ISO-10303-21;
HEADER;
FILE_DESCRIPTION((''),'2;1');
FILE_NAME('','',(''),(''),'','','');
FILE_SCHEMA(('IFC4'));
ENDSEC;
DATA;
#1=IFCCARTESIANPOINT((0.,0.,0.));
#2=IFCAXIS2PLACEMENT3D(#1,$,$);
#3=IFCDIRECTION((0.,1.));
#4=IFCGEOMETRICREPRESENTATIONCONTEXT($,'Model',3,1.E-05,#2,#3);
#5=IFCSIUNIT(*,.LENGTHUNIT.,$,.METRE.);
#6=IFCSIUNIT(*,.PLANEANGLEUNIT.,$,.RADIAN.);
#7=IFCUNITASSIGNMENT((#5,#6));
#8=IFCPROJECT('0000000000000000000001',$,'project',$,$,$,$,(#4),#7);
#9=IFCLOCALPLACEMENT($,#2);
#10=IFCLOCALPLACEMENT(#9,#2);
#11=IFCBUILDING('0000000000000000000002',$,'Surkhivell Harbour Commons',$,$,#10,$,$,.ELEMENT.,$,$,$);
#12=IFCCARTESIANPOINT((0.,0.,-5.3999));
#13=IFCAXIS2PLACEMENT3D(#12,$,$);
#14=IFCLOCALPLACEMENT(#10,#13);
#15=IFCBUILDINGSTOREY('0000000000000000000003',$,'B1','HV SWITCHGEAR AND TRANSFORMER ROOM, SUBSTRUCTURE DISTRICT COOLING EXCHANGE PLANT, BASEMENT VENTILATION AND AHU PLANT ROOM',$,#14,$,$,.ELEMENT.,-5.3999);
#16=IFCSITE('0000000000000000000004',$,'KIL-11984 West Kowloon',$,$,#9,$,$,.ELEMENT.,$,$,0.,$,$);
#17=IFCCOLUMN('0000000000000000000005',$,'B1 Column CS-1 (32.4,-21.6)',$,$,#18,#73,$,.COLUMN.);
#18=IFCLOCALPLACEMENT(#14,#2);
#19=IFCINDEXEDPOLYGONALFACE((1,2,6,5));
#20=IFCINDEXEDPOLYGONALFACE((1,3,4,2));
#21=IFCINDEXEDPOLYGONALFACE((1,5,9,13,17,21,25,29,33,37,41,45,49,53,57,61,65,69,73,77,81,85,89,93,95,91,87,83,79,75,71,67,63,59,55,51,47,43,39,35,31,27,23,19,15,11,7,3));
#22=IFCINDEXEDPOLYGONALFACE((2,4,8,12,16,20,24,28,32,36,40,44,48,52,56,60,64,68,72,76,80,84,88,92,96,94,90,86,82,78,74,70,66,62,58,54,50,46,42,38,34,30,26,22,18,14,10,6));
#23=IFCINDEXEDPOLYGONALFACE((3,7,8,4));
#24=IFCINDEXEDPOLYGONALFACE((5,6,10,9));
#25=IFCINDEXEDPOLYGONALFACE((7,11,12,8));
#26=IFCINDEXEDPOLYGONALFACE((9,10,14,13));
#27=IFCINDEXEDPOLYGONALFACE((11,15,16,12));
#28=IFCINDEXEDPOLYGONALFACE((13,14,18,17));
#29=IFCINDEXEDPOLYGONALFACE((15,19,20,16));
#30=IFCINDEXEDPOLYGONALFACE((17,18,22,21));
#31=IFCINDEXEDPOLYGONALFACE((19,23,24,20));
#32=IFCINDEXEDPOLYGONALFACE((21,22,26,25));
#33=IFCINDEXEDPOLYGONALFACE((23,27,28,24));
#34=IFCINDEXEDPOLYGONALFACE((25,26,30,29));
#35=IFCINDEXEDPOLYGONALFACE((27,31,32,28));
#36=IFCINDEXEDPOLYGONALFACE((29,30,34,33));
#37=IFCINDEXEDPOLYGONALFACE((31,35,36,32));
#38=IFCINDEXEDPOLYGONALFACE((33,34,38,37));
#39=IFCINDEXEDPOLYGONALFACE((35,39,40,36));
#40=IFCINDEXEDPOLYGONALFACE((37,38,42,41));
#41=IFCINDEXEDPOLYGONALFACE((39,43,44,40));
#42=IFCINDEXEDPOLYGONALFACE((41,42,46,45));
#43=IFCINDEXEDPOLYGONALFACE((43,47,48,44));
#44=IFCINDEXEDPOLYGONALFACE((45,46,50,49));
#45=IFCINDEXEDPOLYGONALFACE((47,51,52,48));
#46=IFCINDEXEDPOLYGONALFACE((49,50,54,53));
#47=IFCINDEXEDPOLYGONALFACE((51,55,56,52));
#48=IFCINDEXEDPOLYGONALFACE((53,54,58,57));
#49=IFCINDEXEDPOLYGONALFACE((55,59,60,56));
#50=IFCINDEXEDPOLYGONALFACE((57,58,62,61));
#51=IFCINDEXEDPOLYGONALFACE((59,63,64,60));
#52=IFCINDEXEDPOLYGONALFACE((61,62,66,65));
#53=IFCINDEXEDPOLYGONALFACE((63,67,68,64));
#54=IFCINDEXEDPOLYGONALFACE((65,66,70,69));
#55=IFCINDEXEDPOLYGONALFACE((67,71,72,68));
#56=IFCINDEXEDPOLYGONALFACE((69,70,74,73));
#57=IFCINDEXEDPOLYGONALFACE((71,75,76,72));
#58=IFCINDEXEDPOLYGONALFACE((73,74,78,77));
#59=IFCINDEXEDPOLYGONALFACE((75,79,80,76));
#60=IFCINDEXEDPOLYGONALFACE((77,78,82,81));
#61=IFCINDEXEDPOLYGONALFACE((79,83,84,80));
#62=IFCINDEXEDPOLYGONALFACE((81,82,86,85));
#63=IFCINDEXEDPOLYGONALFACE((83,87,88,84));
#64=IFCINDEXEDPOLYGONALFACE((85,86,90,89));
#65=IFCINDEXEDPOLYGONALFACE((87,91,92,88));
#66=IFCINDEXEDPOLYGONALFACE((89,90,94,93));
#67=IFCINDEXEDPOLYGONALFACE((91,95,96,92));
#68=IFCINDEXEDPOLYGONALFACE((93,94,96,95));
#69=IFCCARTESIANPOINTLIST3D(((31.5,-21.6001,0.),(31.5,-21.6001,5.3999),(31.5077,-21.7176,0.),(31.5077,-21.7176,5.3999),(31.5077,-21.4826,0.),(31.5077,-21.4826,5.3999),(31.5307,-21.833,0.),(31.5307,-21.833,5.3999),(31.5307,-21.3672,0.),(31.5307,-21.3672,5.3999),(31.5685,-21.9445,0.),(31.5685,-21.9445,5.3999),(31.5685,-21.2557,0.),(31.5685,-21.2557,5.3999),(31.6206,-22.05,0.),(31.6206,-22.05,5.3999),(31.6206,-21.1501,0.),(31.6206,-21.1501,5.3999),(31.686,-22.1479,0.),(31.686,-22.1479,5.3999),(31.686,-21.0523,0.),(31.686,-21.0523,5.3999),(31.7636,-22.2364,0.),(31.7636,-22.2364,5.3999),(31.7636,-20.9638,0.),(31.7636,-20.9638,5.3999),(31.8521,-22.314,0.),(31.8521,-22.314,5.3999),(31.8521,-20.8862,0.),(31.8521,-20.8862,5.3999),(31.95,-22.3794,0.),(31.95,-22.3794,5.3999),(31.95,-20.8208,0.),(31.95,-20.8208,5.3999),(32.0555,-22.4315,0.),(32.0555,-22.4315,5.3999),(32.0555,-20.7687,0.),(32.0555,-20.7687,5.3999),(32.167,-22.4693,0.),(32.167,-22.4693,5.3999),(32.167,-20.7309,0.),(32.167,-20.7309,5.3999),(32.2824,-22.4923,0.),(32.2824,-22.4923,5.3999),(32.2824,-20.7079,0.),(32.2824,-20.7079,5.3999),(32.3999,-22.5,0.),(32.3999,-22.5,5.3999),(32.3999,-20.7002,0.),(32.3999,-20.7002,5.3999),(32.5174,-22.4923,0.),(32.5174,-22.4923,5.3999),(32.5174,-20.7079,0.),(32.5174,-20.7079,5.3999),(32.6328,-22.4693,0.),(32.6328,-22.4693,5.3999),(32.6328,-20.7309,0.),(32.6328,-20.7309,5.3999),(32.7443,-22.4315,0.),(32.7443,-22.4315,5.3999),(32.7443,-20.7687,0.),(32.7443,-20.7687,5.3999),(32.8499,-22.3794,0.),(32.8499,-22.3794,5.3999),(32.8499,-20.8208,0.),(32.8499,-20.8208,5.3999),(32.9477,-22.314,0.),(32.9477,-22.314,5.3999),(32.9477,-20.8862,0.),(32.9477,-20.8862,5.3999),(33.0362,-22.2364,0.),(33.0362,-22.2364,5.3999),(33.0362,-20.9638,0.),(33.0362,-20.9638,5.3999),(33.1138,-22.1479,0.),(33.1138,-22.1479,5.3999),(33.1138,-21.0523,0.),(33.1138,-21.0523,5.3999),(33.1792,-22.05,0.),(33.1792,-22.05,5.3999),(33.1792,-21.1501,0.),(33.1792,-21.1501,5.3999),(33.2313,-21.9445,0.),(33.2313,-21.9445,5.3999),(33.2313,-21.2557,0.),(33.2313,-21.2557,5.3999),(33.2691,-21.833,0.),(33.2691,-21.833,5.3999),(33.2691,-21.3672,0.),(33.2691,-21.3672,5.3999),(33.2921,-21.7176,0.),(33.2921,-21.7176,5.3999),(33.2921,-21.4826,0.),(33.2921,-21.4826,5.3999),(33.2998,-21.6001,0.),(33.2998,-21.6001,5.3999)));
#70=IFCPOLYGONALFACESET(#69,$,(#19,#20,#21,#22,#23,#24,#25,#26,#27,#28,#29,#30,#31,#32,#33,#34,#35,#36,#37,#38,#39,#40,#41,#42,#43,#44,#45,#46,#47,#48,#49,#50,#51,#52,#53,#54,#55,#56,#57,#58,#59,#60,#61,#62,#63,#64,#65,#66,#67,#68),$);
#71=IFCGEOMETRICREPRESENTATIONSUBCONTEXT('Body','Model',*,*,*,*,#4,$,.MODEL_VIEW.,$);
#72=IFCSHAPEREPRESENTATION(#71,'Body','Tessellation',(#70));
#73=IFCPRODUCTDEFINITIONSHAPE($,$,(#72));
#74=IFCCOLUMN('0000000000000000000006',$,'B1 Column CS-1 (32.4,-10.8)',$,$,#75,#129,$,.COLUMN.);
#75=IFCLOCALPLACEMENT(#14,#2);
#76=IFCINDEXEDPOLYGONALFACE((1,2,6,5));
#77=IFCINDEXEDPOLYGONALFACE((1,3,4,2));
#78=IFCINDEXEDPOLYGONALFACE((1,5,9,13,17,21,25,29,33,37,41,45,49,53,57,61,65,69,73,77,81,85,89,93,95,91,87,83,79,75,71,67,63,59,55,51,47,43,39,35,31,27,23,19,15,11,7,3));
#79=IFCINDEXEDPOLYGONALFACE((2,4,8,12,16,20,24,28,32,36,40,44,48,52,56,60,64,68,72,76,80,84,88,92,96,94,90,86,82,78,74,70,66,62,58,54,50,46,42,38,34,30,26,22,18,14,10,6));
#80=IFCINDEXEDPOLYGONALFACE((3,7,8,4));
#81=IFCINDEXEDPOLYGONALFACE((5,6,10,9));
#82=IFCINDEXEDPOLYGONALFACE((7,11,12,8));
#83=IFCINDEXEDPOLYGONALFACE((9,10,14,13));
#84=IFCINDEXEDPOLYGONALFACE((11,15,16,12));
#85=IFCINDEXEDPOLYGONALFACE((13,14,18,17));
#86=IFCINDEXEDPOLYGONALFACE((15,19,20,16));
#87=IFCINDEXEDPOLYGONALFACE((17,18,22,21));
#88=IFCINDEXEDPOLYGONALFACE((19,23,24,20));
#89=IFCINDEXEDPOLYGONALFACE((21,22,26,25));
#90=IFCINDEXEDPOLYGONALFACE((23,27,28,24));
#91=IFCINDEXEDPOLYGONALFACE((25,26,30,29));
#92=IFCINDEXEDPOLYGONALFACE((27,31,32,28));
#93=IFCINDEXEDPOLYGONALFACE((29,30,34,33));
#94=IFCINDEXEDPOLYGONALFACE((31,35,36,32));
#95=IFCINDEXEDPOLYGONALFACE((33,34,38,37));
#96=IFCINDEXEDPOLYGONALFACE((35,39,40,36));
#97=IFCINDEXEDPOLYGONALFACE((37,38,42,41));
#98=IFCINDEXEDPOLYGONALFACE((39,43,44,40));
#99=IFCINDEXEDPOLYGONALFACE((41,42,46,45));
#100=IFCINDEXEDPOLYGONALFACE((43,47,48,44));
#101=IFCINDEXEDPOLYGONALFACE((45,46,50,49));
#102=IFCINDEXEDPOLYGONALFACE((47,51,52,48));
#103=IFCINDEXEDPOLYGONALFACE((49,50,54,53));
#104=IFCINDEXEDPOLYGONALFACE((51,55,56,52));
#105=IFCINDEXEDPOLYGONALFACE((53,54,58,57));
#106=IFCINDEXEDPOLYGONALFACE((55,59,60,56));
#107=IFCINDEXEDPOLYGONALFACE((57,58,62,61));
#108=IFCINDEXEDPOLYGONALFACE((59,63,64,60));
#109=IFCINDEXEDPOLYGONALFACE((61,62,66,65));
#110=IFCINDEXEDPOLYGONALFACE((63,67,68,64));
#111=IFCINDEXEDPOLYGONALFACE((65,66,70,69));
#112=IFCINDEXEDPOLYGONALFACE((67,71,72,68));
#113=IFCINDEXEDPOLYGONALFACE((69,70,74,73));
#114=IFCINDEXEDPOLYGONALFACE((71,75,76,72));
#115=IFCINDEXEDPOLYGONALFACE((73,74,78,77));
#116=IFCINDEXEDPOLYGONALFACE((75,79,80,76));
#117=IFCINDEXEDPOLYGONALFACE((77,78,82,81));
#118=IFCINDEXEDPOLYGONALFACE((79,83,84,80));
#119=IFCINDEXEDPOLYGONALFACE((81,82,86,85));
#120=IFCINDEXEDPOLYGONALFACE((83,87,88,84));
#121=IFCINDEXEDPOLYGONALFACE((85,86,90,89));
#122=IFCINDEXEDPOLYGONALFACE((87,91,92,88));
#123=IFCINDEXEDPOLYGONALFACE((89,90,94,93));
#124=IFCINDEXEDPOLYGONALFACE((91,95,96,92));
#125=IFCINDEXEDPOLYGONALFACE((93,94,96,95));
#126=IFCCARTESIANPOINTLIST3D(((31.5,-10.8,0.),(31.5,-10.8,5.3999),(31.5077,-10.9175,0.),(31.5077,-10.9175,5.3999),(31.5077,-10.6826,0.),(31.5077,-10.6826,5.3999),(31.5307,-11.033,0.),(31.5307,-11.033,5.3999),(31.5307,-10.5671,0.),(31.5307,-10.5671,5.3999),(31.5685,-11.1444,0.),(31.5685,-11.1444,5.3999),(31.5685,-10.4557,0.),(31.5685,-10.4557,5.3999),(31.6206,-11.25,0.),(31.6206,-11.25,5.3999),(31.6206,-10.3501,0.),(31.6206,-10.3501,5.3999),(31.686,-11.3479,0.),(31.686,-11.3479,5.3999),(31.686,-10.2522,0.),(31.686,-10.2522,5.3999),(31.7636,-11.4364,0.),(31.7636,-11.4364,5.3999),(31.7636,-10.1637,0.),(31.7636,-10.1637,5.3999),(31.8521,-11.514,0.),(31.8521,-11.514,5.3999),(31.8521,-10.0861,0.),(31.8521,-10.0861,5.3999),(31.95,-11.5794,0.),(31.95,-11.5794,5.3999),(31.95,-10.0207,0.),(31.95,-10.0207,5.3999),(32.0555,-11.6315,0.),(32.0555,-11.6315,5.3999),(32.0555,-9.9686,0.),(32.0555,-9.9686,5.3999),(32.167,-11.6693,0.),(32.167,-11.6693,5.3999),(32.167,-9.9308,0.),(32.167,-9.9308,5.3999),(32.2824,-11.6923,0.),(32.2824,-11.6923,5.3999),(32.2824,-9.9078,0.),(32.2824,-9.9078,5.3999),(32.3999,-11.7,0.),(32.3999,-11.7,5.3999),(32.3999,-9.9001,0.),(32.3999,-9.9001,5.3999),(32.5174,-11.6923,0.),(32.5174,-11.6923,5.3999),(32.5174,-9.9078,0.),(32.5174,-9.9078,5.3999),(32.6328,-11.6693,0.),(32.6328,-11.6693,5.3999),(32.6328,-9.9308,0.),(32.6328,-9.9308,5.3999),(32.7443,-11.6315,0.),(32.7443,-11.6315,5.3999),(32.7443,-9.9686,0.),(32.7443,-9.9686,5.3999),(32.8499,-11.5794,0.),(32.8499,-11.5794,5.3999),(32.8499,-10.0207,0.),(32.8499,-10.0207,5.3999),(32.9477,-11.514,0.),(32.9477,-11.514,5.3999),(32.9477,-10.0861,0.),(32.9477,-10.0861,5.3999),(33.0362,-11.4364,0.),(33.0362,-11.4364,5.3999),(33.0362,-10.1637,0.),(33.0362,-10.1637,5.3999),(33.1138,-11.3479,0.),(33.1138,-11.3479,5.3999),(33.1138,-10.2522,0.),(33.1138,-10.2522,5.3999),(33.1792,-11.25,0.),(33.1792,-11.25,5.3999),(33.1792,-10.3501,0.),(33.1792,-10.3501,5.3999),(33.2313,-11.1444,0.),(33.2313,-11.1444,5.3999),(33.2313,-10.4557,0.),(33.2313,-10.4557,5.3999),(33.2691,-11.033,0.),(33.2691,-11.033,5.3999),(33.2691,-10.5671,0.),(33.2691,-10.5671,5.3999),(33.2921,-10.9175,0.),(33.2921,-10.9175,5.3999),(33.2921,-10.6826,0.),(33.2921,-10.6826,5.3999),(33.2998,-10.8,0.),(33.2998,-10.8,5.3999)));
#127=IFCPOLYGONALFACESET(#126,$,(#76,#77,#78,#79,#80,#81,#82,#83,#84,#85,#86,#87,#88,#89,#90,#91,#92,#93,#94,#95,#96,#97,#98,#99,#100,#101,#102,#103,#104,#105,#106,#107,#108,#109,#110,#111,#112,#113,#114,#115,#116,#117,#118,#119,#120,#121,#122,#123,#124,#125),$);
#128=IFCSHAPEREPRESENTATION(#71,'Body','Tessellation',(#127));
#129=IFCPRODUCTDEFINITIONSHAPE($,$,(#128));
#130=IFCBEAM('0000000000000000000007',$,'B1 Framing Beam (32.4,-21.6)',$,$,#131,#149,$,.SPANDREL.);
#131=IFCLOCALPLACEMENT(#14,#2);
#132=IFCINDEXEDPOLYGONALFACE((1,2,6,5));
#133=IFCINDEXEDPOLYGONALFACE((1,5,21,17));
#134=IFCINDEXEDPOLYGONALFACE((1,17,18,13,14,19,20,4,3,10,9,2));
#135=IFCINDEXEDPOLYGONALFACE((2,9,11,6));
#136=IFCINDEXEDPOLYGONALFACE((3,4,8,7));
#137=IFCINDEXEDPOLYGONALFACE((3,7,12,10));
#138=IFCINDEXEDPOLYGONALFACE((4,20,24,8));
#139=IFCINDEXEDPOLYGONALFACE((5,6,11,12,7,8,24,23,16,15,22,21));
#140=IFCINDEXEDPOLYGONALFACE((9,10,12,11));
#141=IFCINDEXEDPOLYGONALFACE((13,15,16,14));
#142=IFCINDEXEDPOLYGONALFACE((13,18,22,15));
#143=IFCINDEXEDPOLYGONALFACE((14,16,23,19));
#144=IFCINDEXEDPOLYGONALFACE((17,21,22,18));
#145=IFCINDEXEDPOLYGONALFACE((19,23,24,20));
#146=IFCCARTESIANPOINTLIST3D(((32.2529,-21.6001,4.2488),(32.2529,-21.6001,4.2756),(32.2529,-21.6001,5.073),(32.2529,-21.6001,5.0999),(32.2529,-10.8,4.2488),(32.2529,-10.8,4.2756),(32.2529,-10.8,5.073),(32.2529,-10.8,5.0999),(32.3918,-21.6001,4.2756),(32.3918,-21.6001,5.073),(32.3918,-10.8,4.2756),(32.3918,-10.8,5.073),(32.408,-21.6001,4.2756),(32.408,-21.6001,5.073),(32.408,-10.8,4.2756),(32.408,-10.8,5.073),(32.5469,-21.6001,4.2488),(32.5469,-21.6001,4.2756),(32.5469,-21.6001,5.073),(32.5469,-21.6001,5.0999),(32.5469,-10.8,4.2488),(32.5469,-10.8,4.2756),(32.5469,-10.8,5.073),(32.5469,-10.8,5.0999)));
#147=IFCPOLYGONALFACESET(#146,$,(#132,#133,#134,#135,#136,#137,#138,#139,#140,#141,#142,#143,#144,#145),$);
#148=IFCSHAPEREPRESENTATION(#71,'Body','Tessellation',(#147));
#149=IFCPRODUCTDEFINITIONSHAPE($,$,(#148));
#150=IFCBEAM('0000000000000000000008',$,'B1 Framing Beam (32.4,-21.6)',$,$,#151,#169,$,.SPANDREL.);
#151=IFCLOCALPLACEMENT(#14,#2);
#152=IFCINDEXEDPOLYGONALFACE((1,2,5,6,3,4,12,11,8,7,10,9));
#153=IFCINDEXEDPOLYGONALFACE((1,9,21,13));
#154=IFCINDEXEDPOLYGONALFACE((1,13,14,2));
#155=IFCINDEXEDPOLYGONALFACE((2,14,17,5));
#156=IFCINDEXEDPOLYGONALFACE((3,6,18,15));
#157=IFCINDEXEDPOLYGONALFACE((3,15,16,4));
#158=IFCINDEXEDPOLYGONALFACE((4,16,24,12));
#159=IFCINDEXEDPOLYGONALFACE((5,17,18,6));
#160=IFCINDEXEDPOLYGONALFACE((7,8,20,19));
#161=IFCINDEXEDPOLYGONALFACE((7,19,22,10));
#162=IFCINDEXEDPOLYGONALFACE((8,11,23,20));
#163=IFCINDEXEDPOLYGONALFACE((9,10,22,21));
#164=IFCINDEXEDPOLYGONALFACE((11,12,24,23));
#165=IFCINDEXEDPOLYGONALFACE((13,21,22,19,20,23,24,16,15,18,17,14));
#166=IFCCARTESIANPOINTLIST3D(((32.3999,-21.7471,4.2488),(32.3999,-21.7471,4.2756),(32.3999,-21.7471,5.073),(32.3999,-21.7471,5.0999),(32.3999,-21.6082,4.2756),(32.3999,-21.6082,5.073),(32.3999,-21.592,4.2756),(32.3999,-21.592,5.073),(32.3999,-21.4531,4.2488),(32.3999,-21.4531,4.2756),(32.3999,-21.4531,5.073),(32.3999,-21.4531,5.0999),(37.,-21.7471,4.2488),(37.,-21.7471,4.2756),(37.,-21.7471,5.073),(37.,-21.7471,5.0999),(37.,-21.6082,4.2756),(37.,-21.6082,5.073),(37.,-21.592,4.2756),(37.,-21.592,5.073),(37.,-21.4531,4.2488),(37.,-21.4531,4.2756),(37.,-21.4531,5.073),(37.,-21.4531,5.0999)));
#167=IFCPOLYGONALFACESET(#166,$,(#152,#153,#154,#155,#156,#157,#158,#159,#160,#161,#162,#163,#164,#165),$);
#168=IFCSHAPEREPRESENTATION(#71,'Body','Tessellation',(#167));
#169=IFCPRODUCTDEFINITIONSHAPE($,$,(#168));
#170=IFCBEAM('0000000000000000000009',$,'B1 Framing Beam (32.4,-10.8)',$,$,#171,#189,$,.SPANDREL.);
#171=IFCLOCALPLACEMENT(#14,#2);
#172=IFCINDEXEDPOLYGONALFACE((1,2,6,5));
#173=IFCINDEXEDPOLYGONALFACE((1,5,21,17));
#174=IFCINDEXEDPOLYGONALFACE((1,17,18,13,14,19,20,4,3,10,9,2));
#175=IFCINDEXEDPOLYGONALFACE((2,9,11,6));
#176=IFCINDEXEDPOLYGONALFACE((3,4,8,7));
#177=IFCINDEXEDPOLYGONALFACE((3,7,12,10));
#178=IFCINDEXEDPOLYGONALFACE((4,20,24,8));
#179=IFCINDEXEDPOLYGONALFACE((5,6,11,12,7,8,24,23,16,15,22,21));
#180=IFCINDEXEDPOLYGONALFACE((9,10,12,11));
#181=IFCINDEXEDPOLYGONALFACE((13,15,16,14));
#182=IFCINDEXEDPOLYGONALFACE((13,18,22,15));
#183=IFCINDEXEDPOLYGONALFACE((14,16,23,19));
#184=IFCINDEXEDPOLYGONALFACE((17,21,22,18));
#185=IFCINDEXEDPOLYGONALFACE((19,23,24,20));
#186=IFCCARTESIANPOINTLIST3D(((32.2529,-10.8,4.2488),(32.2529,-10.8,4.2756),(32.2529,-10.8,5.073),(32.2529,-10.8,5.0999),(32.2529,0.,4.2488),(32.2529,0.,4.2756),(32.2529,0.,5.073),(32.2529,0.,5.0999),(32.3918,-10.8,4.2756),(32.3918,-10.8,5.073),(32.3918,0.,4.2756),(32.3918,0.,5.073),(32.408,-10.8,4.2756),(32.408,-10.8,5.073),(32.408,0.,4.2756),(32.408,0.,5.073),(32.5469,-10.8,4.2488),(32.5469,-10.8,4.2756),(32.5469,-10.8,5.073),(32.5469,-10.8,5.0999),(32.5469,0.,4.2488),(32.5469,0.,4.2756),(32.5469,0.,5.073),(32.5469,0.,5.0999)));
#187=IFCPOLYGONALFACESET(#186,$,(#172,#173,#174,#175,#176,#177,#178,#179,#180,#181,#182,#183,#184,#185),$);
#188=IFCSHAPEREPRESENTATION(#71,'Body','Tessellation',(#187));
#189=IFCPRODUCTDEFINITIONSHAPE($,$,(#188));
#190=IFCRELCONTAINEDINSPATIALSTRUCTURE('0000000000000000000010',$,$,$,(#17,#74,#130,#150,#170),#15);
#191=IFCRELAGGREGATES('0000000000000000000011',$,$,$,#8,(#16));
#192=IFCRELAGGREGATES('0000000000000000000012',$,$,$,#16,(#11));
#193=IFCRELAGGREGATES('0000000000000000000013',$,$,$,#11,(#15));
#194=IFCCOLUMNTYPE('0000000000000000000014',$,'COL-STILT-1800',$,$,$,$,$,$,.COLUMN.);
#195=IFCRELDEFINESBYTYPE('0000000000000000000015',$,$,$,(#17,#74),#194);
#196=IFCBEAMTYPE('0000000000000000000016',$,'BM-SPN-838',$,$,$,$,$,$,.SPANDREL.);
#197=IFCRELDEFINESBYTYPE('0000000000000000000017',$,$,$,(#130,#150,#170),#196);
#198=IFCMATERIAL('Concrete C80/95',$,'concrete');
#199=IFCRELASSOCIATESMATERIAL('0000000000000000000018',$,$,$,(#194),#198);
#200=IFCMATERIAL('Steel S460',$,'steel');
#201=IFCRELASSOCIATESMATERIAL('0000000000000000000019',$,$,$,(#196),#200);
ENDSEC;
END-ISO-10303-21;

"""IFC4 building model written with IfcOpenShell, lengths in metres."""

from ifc_helpers import new_model, si_unit, direction, frame, origin, origin_2d, place, context, subcontext, project, spatial, circle, i_section, extrude, material, material_profile, profile_set, type_object, element, save


model = new_model("IFC4")

# Units and contexts
model_context = context("Model", 3, precision=1e-05, world=origin(), true_north=direction((0.0, 1.0)))
body_context = subcontext(model_context, "Body", "Model", "MODEL_VIEW")
ifc_project = project(units=[si_unit("LENGTHUNIT", "METRE"), si_unit("PLANEANGLEUNIT", "RADIAN")], contexts=[model_context])

# Site, building, storey
site_placement = place(None, origin())
site = spatial("IfcSite", under=ifc_project, at=site_placement, Name="KIL-11984 West Kowloon", CompositionType="ELEMENT", RefElevation=0.0)
building_placement = place(site_placement, origin())
building = spatial("IfcBuilding", under=site, at=building_placement, Name="Surkhivell Harbour Commons", CompositionType="ELEMENT")
storey_placement = place(building_placement, frame((0.0, 0.0, -5.3999)))
storey = spatial("IfcBuildingStorey", under=building, at=storey_placement, Name="B1", Description="HV SWITCHGEAR AND TRANSFORMER ROOM, SUBSTRUCTURE DISTRICT COOLING EXCHANGE PLANT, BASEMENT VENTILATION AND AHU PLANT ROOM", CompositionType="ELEMENT", Elevation=-5.3999)

# Columns
ifc_material_1 = material(Name="Concrete C80/95", Category="concrete")
ifc_material_profile_1 = material_profile(ifc_material_1, circle(Radius=0.8999, at=origin_2d()), Name="RC-CIRC-1800")
ifc_profile_set_1 = profile_set([ifc_material_profile_1], Name="Concrete C80/95")
column_type_1 = type_object("IfcColumnType", Name="COL-STILT-1800", PredefinedType="COLUMN", material=ifc_profile_set_1)
for number, where, z_axis, x_axis, name in (
    (1, (32.3999, -21.6001, 0.0), (0.0, 0.0, 1.0), (1.0, 0.0, 0.0), "B1 Column CS-1 (32.4,-21.6)"),
    (2, (32.3999, -10.8, 0.0), (0.0, 0.0, 1.0), (1.0, 0.0, 0.0), "B1 Column CS-1 (32.4,-10.8)"),
):
    element("IfcColumn", number, at=place(storey_placement, frame(where, z_axis=z_axis, x_axis=x_axis)), inside=storey, type_object=column_type_1, Name=name, PredefinedType="COLUMN", context=body_context, shape_type="SweptSolid", body=[
        extrude(circle(Radius=0.8999, at=origin_2d()), origin(), (0.0, 0.0, 1.0), 5.3999),
    ])

# Beams
ifc_material_2 = material(Name="Steel S460", Category="steel")
ifc_material_profile_2 = material_profile(ifc_material_2, i_section(OverallWidth=0.2939, OverallDepth=0.8511, WebThickness=0.0161, FlangeThickness=0.0269, at=origin_2d()), Name="UB838x292x226")
ifc_profile_set_2 = profile_set([ifc_material_profile_2], Name="Steel S460")
beam_type = type_object("IfcBeamType", Name="BM-SPN-838", PredefinedType="SPANDREL", material=ifc_profile_set_2)
beam_1_placement = place(storey_placement, frame((32.3999, -21.6001, 4.6743), z_axis=(0.0, 1.0, 0.0), x_axis=(-1.0, 0.0, 0.0)))
element("IfcBeam", 3, at=beam_1_placement, inside=storey, type_object=beam_type, Name="B1 Framing Beam (32.4,-21.6)", PredefinedType="SPANDREL", context=body_context, shape_type="SweptSolid", body=[
    extrude(i_section(OverallWidth=0.2939, OverallDepth=0.8511, WebThickness=0.0161, FlangeThickness=0.0269, at=origin_2d()), origin(), (0.0, 0.0, 1.0), 10.8),
])
beam_2_placement = place(storey_placement, frame((32.3999, -21.6001, 4.6743), z_axis=(1.0, 0.0, 0.0), x_axis=(0.0, 1.0, 0.0)))
element("IfcBeam", 4, at=beam_2_placement, inside=storey, type_object=beam_type, Name="B1 Framing Beam (32.4,-21.6)", PredefinedType="SPANDREL", context=body_context, shape_type="SweptSolid", body=[
    extrude(i_section(OverallWidth=0.2939, OverallDepth=0.8511, WebThickness=0.0161, FlangeThickness=0.0269, at=origin_2d()), origin(), (0.0, 0.0, 1.0), 4.6001),
])
beam_3_placement = place(storey_placement, frame((32.3999, -10.8, 4.6743), z_axis=(0.0, 1.0, 0.0), x_axis=(-1.0, 0.0, 0.0)))
element("IfcBeam", 5, at=beam_3_placement, inside=storey, type_object=beam_type, Name="B1 Framing Beam (32.4,-10.8)", PredefinedType="SPANDREL", context=body_context, shape_type="SweptSolid", body=[
    extrude(i_section(OverallWidth=0.2939, OverallDepth=0.8511, WebThickness=0.0161, FlangeThickness=0.0269, at=origin_2d()), origin(), (0.0, 0.0, 1.0), 10.8),
])

save(model, "model.ifc")
